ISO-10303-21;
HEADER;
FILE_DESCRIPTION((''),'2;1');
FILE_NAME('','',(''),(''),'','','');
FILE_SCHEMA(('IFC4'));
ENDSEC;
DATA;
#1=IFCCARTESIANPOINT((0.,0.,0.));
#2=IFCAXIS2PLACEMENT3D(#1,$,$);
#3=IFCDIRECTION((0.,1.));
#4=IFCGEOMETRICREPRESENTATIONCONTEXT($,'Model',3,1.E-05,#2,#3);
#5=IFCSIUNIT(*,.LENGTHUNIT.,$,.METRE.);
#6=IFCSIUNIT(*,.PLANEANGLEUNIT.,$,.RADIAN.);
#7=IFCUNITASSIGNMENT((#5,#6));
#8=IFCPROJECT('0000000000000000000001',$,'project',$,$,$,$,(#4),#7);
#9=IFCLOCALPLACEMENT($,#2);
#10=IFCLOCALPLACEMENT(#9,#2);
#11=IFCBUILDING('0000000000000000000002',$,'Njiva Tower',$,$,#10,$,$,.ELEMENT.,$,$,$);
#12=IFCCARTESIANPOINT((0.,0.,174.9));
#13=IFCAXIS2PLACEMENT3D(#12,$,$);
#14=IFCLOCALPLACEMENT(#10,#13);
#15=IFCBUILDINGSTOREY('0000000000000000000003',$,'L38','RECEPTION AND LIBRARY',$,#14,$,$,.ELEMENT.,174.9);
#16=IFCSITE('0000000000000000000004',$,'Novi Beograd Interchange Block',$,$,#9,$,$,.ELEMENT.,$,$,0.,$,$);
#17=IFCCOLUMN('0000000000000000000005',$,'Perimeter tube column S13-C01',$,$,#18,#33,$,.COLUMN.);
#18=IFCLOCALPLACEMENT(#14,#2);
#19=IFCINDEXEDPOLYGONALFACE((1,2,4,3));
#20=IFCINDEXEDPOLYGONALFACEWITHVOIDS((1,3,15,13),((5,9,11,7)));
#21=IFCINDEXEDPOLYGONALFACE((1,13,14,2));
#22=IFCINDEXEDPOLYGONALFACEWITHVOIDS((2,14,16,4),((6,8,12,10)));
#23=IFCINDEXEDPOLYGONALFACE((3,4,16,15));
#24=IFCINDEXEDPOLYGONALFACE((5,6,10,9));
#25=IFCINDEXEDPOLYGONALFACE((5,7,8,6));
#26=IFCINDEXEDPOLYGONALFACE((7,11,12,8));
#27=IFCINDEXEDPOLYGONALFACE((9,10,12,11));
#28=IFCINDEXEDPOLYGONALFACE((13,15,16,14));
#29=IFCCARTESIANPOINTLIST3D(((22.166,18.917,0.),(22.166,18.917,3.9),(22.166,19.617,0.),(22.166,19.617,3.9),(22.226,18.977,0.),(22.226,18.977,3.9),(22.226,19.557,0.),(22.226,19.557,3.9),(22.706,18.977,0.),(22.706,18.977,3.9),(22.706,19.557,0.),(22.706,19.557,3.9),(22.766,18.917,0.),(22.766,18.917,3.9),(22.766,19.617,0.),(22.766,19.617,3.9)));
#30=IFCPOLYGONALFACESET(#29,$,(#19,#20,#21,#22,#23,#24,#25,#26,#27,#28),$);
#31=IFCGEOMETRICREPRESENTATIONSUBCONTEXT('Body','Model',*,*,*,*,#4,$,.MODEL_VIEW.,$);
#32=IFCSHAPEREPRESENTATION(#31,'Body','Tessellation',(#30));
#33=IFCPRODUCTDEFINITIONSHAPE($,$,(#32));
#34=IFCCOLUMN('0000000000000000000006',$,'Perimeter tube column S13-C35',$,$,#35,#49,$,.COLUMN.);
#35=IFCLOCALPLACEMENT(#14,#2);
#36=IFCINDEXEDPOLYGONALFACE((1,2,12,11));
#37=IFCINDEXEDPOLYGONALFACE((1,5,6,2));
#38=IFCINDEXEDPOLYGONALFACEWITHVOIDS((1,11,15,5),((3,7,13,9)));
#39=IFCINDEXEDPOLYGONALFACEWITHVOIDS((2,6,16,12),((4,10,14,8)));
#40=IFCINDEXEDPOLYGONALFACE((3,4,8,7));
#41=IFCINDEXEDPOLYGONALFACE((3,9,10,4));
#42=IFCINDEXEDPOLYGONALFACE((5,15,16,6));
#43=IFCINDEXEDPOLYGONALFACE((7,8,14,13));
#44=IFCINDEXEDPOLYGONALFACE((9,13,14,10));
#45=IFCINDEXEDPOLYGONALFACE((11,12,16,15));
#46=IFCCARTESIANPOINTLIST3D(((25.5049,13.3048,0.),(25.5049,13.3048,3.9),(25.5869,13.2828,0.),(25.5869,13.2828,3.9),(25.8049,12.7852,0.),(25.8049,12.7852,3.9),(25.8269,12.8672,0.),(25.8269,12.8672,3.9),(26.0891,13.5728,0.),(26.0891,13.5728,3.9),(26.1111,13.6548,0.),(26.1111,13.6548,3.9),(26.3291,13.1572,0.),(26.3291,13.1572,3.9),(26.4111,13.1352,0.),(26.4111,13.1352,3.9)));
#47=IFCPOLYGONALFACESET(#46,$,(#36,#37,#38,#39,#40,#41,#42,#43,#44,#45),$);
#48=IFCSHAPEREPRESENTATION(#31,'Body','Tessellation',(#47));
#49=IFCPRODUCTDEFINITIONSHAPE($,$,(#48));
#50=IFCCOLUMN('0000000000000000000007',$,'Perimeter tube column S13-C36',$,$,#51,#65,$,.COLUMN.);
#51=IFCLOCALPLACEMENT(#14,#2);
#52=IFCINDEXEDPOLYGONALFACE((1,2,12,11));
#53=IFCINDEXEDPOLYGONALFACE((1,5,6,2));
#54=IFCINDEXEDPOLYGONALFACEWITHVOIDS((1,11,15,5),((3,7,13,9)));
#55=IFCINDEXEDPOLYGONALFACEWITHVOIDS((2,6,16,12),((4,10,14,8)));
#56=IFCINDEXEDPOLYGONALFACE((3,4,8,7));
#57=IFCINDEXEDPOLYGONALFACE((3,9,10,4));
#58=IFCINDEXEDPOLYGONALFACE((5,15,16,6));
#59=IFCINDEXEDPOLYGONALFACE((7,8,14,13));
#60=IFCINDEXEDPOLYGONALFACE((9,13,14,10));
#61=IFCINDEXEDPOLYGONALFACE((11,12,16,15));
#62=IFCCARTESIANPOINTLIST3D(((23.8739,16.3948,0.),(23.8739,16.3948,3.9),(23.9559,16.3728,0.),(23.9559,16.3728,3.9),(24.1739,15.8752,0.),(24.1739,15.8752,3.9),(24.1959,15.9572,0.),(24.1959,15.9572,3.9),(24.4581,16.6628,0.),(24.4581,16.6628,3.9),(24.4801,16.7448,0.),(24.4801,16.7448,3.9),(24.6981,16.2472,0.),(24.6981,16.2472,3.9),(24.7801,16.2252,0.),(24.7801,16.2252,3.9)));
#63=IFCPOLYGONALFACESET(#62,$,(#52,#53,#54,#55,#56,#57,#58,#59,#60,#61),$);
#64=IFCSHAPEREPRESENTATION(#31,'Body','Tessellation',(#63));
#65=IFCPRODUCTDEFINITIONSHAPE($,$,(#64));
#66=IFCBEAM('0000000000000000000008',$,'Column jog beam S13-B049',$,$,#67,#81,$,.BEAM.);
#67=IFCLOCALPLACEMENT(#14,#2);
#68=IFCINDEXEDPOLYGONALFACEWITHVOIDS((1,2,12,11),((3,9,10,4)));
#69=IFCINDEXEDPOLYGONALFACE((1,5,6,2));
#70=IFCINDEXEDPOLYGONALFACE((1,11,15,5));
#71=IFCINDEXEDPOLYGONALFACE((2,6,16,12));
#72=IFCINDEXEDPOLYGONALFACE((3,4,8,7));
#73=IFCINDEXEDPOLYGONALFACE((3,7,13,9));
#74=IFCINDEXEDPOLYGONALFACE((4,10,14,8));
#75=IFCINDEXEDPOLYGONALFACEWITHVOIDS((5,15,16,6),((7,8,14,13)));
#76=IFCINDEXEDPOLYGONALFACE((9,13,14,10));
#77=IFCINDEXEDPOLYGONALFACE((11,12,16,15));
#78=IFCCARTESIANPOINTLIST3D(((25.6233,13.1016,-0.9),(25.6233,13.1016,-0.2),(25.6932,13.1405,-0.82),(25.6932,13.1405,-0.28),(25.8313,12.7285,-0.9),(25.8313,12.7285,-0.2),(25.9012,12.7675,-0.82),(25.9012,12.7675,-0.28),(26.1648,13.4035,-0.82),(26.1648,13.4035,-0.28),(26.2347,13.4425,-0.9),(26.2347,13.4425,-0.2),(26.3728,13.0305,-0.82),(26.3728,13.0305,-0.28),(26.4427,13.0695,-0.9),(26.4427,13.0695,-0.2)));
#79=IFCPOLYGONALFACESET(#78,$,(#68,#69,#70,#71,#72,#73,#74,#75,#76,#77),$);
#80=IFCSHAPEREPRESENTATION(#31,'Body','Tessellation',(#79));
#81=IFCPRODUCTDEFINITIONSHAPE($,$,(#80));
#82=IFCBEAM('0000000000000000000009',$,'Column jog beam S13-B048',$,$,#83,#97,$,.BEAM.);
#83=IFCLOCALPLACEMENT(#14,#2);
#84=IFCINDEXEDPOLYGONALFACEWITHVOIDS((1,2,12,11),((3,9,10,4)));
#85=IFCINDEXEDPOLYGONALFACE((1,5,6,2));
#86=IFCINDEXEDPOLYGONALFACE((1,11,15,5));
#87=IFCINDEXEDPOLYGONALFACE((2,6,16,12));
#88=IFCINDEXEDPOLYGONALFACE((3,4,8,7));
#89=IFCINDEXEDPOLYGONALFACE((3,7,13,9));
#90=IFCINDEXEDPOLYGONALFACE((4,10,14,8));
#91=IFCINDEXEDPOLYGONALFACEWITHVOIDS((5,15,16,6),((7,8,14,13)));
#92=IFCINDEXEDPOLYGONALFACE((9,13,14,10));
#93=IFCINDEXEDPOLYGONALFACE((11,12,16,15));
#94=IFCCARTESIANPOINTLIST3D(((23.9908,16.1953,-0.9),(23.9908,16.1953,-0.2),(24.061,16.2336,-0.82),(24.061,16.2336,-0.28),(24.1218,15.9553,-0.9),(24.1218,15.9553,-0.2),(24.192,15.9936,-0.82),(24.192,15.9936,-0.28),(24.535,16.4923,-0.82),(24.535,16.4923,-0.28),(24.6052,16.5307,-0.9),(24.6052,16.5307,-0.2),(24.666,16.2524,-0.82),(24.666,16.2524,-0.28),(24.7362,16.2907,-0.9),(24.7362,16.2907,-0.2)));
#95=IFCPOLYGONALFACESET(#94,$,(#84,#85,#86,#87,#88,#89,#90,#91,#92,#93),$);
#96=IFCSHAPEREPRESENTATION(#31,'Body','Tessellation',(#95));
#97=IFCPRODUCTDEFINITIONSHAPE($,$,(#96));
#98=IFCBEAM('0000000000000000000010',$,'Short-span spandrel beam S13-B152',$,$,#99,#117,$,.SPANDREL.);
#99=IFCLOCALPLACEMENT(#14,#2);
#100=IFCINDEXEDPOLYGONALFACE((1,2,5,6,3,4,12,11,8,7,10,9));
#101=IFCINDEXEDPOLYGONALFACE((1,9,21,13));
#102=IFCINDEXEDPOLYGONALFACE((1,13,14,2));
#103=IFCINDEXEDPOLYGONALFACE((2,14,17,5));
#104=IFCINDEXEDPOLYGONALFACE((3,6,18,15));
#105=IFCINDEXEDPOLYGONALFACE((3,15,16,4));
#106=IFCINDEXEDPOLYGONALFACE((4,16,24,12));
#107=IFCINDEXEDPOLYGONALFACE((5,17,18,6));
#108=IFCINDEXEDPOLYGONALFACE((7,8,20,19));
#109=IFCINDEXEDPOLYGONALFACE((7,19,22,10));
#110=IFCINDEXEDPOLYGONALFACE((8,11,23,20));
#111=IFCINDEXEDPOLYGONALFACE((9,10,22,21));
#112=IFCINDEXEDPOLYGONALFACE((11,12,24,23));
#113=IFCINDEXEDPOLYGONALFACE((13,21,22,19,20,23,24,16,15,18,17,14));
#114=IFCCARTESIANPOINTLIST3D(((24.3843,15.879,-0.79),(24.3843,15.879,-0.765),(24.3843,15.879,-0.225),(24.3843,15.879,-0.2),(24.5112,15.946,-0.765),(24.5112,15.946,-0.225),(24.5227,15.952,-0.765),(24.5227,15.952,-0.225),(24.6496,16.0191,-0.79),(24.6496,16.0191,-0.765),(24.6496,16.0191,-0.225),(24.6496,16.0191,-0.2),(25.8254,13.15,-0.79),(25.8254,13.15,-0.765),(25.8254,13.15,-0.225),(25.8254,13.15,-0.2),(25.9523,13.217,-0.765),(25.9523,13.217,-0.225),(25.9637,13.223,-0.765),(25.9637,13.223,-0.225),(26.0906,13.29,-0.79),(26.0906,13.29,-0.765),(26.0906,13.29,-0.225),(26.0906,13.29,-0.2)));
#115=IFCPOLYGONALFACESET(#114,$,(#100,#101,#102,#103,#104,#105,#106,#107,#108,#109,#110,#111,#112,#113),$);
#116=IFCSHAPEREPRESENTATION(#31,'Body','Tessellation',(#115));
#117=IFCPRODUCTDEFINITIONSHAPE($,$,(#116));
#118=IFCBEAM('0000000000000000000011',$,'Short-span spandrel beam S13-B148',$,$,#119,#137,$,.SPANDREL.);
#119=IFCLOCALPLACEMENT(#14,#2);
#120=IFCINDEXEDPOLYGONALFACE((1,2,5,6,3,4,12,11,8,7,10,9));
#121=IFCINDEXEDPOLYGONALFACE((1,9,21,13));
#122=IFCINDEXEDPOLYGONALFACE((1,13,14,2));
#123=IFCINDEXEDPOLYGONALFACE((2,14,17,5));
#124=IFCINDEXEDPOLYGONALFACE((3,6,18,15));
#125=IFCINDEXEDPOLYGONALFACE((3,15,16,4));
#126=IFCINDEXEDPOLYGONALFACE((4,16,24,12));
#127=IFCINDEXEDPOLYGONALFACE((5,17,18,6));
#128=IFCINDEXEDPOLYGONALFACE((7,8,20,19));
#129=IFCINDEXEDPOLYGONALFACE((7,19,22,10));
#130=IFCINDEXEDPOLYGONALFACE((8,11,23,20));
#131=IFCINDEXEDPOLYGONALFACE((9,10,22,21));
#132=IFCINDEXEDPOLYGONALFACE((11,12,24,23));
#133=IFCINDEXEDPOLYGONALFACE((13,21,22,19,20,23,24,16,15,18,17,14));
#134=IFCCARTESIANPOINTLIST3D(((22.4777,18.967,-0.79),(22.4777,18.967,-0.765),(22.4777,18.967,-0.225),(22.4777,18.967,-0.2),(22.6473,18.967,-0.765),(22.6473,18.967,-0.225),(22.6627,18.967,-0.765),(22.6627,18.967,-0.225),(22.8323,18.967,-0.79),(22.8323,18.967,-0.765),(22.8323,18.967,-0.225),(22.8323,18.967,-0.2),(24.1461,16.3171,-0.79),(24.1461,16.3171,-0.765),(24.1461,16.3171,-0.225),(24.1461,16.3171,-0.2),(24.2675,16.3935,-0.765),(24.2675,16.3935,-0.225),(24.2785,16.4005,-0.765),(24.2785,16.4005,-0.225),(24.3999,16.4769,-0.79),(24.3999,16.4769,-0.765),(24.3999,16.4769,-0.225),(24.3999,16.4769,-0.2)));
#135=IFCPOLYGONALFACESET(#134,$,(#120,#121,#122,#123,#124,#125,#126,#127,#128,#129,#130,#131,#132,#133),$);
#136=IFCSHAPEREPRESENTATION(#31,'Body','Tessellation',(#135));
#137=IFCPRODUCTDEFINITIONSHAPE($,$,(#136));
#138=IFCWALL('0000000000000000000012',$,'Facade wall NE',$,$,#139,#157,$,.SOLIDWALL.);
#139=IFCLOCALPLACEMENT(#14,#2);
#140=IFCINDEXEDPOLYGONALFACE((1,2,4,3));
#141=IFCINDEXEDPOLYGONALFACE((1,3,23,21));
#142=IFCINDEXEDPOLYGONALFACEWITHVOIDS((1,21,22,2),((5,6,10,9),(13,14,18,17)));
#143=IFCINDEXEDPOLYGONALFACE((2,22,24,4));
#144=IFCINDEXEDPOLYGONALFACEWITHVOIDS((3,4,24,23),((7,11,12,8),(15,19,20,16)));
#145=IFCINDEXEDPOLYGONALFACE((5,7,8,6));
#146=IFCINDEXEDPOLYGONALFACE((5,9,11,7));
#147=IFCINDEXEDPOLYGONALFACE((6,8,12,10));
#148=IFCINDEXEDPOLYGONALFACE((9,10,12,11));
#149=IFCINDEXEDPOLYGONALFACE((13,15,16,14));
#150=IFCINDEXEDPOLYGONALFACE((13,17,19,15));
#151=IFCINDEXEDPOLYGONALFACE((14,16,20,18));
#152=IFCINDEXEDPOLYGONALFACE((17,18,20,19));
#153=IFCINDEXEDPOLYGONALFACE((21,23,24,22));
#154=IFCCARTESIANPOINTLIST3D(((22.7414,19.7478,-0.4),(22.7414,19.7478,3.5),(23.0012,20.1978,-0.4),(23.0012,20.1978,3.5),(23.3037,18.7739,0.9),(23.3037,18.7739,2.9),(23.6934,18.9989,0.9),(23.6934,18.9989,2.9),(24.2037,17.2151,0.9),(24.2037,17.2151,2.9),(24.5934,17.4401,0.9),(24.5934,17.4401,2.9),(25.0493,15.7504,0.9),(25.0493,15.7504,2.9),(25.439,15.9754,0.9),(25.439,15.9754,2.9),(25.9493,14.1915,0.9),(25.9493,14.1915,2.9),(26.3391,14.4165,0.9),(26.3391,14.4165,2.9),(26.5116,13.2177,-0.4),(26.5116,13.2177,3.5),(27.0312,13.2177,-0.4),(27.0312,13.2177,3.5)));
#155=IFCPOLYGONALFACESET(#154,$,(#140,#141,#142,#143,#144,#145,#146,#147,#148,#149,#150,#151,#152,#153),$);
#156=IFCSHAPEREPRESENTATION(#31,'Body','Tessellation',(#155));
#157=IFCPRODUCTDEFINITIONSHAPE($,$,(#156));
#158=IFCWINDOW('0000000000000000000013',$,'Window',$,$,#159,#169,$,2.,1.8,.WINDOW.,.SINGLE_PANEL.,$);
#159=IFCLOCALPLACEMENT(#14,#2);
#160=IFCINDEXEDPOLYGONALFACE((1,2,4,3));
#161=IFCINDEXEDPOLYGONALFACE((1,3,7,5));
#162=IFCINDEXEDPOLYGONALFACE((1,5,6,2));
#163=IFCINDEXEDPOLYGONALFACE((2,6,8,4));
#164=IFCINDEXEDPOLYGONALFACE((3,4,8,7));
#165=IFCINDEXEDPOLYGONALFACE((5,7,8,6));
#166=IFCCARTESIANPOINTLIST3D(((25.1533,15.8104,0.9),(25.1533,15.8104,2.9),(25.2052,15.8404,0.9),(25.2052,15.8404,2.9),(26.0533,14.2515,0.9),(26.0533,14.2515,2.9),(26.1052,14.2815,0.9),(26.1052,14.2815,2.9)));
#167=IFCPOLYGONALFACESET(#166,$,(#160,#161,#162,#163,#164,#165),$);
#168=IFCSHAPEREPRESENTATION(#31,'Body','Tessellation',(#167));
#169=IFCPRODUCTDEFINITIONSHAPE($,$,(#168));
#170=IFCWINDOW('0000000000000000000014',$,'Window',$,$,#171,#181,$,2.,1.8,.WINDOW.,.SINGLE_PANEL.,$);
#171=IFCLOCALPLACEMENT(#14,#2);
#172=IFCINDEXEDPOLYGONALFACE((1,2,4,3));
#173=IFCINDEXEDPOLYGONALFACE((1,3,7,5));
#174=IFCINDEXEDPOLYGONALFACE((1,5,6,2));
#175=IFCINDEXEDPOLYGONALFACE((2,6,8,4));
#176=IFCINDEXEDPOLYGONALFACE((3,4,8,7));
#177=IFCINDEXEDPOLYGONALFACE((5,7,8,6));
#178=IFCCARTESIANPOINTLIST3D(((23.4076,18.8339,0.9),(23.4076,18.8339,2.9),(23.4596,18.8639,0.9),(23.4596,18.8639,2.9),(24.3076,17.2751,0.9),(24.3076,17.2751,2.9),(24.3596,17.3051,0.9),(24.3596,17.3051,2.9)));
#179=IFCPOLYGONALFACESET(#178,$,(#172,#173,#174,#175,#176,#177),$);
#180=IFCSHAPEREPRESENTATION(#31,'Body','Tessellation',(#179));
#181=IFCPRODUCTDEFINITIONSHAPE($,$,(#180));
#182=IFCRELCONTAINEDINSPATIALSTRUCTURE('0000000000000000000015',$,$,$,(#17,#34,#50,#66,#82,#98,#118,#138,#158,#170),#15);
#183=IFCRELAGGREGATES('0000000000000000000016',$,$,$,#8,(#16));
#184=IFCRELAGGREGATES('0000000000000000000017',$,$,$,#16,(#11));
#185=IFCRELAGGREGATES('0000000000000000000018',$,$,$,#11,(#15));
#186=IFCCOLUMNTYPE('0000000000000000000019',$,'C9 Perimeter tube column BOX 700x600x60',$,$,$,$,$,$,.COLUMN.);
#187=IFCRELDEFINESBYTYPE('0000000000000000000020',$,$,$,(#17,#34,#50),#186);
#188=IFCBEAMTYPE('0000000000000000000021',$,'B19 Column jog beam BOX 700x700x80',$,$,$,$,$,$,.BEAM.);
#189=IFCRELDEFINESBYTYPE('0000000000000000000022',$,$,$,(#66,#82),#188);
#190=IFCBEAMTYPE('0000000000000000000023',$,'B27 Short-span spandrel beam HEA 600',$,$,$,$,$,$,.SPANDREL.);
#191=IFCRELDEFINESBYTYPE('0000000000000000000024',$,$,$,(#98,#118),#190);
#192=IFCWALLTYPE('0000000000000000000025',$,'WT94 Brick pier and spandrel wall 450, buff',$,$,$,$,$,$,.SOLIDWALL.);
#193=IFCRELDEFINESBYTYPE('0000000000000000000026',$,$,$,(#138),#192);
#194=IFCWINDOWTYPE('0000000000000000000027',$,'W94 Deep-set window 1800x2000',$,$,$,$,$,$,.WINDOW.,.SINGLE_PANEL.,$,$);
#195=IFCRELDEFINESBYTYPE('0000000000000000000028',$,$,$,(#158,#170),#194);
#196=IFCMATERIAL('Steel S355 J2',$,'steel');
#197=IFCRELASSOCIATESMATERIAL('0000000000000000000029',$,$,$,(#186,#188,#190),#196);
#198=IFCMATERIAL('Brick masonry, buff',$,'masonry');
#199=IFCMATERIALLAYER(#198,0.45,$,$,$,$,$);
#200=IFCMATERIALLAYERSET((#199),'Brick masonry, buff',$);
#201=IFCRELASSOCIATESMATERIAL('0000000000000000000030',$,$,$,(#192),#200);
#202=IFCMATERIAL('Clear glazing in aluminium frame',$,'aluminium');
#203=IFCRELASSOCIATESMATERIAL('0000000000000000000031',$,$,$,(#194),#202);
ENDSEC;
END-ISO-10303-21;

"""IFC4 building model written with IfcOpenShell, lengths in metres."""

from ifc_helpers import new_model, si_unit, direction, frame, frame_2d, origin, origin_2d, place, context, subcontext, project, spatial, polyline, rectangle, hollow_rectangle, i_section, outline, extrude, clip, halfspace, material, layer, layer_set, material_profile, profile_set, type_object, element, fill, save


model = new_model("IFC4")

# Units and contexts
model_context = context("Model", 3, precision=1e-05, world=origin(), true_north=direction((0.0, 1.0)))
body_context = subcontext(model_context, "Body", "Model", "MODEL_VIEW")
ifc_project = project(units=[si_unit("LENGTHUNIT", "METRE"), si_unit("PLANEANGLEUNIT", "RADIAN")], contexts=[model_context])

# Site, building, storey
site_placement = place(None, origin())
site = spatial("IfcSite", under=ifc_project, at=site_placement, Name="Novi Beograd Interchange Block", CompositionType="ELEMENT", RefElevation=0.0)
building_placement = place(site_placement, origin())
building = spatial("IfcBuilding", under=site, at=building_placement, Name="Njiva Tower", CompositionType="ELEMENT")
storey_placement = place(building_placement, frame((0.0, 0.0, 174.9)))
storey = spatial("IfcBuildingStorey", under=building, at=storey_placement, Name="L38", Description="RECEPTION AND LIBRARY", CompositionType="ELEMENT", Elevation=174.9)

# Columns
ifc_material_1 = material(Name="Steel S355 J2", Category="steel")
ifc_material_profile_1 = material_profile(ifc_material_1, hollow_rectangle(XDim=0.6, YDim=0.7, WallThickness=0.06, at=origin_2d()), Name="BOX 700x600x60")
ifc_profile_set_1 = profile_set([ifc_material_profile_1], Name="Steel S355 J2")
column_type = type_object("IfcColumnType", Name="C9 Perimeter tube column BOX 700x600x60", PredefinedType="COLUMN", material=ifc_profile_set_1)
for number, where, z_axis, x_axis, name in (
    (1, (22.466, 19.267, 0.0), (0.0, 0.0, 1.0), (-1.0, 0.0, 0.0), "Perimeter tube column S13-C01"),
    (2, (25.958, 13.22, 0.0), (0.0, 0.0, 1.0), (-0.5, 0.866025, 0.0), "Perimeter tube column S13-C35"),
    (3, (24.327, 16.31, 0.0), (0.0, 0.0, 1.0), (-0.5, 0.866025, 0.0), "Perimeter tube column S13-C36"),
):
    element("IfcColumn", number, at=place(storey_placement, frame(where, z_axis=z_axis, x_axis=x_axis)), inside=storey, type_object=column_type, Name=name, PredefinedType="COLUMN", context=body_context, shape_type="SweptSolid", body=[
        extrude(hollow_rectangle(XDim=0.6, YDim=0.7, WallThickness=0.06, at=origin_2d()), origin(), (0.0, 0.0, 1.0), 3.9),
    ])

# Beams
ifc_material_profile_2 = material_profile(ifc_material_1, hollow_rectangle(XDim=0.7, YDim=0.7, WallThickness=0.08, at=origin_2d()), Name="BOX 700x700x80")
ifc_profile_set_2 = profile_set([ifc_material_profile_2], Name="Steel S355 J2")
beam_type_1 = type_object("IfcBeamType", Name="B19 Column jog beam BOX 700x700x80", PredefinedType="BEAM", material=ifc_profile_set_2)
beam_1_placement = place(storey_placement, frame((26.137, 12.899, -0.55), z_axis=(-0.487034, 0.873383, 0.0), x_axis=(-0.873383, -0.487034, 0.0)))
element("IfcBeam", 4, at=beam_1_placement, inside=storey, type_object=beam_type_1, Name="Column jog beam S13-B049", PredefinedType="BEAM", context=body_context, shape_type="SweptSolid", body=[
    extrude(hollow_rectangle(XDim=0.7, YDim=0.7, WallThickness=0.08, at=origin_2d()), origin(), (0.0, 0.0, 1.0), 0.4271),
])
beam_2_placement = place(storey_placement, frame((24.429, 16.123, -0.55), z_axis=(-0.479108, 0.877756, 0.0), x_axis=(-0.877756, -0.479108, 0.0)))
element("IfcBeam", 5, at=beam_2_placement, inside=storey, type_object=beam_type_1, Name="Column jog beam S13-B048", PredefinedType="BEAM", context=body_context, shape_type="SweptSolid", body=[
    extrude(hollow_rectangle(XDim=0.7, YDim=0.7, WallThickness=0.08, at=origin_2d()), origin(), (0.0, 0.0, 1.0), 0.2734),
])
ifc_material_profile_3 = material_profile(ifc_material_1, i_section(OverallWidth=0.3, OverallDepth=0.59, WebThickness=0.013, FlangeThickness=0.025, at=origin_2d()), Name="HEA 600")
ifc_profile_set_3 = profile_set([ifc_material_profile_3], Name="Steel S355 J2")
beam_type_2 = type_object("IfcBeamType", Name="B27 Short-span spandrel beam HEA 600", PredefinedType="SPANDREL", material=ifc_profile_set_3)
beam_3_placement = place(storey_placement, frame((25.958, 13.22, -0.495), z_axis=(-0.466935, 0.884292, 0.0), x_axis=(-0.884292, -0.466935, 0.0)))
element("IfcBeam", 6, at=beam_3_placement, inside=storey, type_object=beam_type_2, Name="Short-span spandrel beam S13-B152", PredefinedType="SPANDREL", context=body_context, shape_type="SweptSolid", body=[
    extrude(i_section(OverallWidth=0.3, OverallDepth=0.59, WebThickness=0.013, FlangeThickness=0.025, at=origin_2d()), origin(), (0.0, 0.0, 1.0), 3.0861),
])
beam_4_placement = place(storey_placement, frame((24.273, 16.397, -0.495), z_axis=(-0.532778, 0.846255, 0.0), x_axis=(-0.846255, -0.532778, 0.0)))
element("IfcBeam", 7, at=beam_4_placement, inside=storey, type_object=beam_type_2, Name="Short-span spandrel beam S13-B148", PredefinedType="SPANDREL", context=body_context, shape_type="Clipping", body=[
    clip(extrude(i_section(OverallWidth=0.3, OverallDepth=0.59, WebThickness=0.013, FlangeThickness=0.025, at=origin_2d()), origin(), (0.0, 0.0, 1.0), 3.1509), halfspace(frame((-0.0267, 0.0, 3.0201), z_axis=(-0.532778, 0.0, 0.846255), x_axis=(0.0, 1.0, 0.0)), False)),
])

# Wall, openings, windows
ifc_material_2 = material(Name="Clear glazing in aluminium frame", Category="aluminium")
ifc_material_3 = material(Name="Brick masonry, buff", Category="masonry")
ifc_layer_1 = layer(ifc_material_3, 0.45)
ifc_layer_set_1 = layer_set([ifc_layer_1], Name="Brick masonry, buff")
wall_type_1 = type_object("IfcWallType", Name="WT94 Brick pier and spandrel wall 450, buff", PredefinedType="SOLIDWALL", material=ifc_layer_set_1)
wall_1_placement = place(storey_placement, frame((26.7714, 13.2177, -0.4), z_axis=(0.0, 0.0, 1.0), x_axis=(-0.500004, 0.866023, 0.0)))
wall_1 = element("IfcWall", 8, at=wall_1_placement, inside=storey, type_object=wall_type_1, Name="Facade wall NE", PredefinedType="SOLIDWALL", context=body_context, shape_type="SweptSolid", body=[
    extrude(outline(polyline([(-0.1299, -0.225), (7.93, -0.225), (7.6702, 0.225), (0.1299, 0.225), (-0.1299, -0.225)])), origin(), (0.0, 0.0, 1.0), 3.9),
])
opening_1_placement = place(wall_1_placement, frame((1.2544, 0.0, 1.3)))
opening_1 = element("IfcOpeningElement", 9, at=opening_1_placement, cuts=wall_1, PredefinedType="OPENING", context=body_context, shape_type="SweptSolid", body=[
    extrude(rectangle(XDim=1.8, YDim=2.0, at=frame_2d((0.9, 1.0))), frame((0.0, 0.235, 0.0), z_axis=(0.0, -1.0, 0.0), x_axis=(1.0, 0.0, 0.0)), (0.0, 0.0, 1.0), 0.47),
])
opening_2_placement = place(wall_1_placement, frame((4.7457, 0.0, 1.3)))
opening_2 = element("IfcOpeningElement", 10, at=opening_2_placement, cuts=wall_1, PredefinedType="OPENING", context=body_context, shape_type="SweptSolid", body=[
    extrude(rectangle(XDim=1.8, YDim=2.0, at=frame_2d((0.9, 1.0))), frame((0.0, 0.235, 0.0), z_axis=(0.0, -1.0, 0.0), x_axis=(1.0, 0.0, 0.0)), (0.0, 0.0, 1.0), 0.47),
])
window_type_1 = type_object("IfcWindowType", Name="W94 Deep-set window 1800x2000", PartitioningType="SINGLE_PANEL", PredefinedType="WINDOW", material=ifc_material_2)
window_1_placement = place(opening_1_placement, origin())
window_1 = element("IfcWindow", 11, at=window_1_placement, inside=storey, type_object=window_type_1, Name="Window", OverallHeight=2.0, OverallWidth=1.8, PartitioningType="SINGLE_PANEL", PredefinedType="WINDOW", context=body_context, shape_type="SweptSolid", body=[
    extrude(rectangle(XDim=1.8, YDim=2.0, at=frame_2d((0.9, 1.0))), frame((0.0, 0.105, 0.0), z_axis=(0.0, -1.0, 0.0), x_axis=(1.0, 0.0, 0.0)), (0.0, 0.0, 1.0), 0.06),
])
fill(opening_1, window_1)
window_2_placement = place(opening_2_placement, origin())
window_2 = element("IfcWindow", 12, at=window_2_placement, inside=storey, type_object=window_type_1, Name="Window", OverallHeight=2.0, OverallWidth=1.8, PartitioningType="SINGLE_PANEL", PredefinedType="WINDOW", context=body_context, shape_type="SweptSolid", body=[
    extrude(rectangle(XDim=1.8, YDim=2.0, at=frame_2d((0.9, 1.0))), frame((0.0, 0.105, 0.0), z_axis=(0.0, -1.0, 0.0), x_axis=(1.0, 0.0, 0.0)), (0.0, 0.0, 1.0), 0.06),
])
fill(opening_2, window_2)

save(model, "model.ifc")
